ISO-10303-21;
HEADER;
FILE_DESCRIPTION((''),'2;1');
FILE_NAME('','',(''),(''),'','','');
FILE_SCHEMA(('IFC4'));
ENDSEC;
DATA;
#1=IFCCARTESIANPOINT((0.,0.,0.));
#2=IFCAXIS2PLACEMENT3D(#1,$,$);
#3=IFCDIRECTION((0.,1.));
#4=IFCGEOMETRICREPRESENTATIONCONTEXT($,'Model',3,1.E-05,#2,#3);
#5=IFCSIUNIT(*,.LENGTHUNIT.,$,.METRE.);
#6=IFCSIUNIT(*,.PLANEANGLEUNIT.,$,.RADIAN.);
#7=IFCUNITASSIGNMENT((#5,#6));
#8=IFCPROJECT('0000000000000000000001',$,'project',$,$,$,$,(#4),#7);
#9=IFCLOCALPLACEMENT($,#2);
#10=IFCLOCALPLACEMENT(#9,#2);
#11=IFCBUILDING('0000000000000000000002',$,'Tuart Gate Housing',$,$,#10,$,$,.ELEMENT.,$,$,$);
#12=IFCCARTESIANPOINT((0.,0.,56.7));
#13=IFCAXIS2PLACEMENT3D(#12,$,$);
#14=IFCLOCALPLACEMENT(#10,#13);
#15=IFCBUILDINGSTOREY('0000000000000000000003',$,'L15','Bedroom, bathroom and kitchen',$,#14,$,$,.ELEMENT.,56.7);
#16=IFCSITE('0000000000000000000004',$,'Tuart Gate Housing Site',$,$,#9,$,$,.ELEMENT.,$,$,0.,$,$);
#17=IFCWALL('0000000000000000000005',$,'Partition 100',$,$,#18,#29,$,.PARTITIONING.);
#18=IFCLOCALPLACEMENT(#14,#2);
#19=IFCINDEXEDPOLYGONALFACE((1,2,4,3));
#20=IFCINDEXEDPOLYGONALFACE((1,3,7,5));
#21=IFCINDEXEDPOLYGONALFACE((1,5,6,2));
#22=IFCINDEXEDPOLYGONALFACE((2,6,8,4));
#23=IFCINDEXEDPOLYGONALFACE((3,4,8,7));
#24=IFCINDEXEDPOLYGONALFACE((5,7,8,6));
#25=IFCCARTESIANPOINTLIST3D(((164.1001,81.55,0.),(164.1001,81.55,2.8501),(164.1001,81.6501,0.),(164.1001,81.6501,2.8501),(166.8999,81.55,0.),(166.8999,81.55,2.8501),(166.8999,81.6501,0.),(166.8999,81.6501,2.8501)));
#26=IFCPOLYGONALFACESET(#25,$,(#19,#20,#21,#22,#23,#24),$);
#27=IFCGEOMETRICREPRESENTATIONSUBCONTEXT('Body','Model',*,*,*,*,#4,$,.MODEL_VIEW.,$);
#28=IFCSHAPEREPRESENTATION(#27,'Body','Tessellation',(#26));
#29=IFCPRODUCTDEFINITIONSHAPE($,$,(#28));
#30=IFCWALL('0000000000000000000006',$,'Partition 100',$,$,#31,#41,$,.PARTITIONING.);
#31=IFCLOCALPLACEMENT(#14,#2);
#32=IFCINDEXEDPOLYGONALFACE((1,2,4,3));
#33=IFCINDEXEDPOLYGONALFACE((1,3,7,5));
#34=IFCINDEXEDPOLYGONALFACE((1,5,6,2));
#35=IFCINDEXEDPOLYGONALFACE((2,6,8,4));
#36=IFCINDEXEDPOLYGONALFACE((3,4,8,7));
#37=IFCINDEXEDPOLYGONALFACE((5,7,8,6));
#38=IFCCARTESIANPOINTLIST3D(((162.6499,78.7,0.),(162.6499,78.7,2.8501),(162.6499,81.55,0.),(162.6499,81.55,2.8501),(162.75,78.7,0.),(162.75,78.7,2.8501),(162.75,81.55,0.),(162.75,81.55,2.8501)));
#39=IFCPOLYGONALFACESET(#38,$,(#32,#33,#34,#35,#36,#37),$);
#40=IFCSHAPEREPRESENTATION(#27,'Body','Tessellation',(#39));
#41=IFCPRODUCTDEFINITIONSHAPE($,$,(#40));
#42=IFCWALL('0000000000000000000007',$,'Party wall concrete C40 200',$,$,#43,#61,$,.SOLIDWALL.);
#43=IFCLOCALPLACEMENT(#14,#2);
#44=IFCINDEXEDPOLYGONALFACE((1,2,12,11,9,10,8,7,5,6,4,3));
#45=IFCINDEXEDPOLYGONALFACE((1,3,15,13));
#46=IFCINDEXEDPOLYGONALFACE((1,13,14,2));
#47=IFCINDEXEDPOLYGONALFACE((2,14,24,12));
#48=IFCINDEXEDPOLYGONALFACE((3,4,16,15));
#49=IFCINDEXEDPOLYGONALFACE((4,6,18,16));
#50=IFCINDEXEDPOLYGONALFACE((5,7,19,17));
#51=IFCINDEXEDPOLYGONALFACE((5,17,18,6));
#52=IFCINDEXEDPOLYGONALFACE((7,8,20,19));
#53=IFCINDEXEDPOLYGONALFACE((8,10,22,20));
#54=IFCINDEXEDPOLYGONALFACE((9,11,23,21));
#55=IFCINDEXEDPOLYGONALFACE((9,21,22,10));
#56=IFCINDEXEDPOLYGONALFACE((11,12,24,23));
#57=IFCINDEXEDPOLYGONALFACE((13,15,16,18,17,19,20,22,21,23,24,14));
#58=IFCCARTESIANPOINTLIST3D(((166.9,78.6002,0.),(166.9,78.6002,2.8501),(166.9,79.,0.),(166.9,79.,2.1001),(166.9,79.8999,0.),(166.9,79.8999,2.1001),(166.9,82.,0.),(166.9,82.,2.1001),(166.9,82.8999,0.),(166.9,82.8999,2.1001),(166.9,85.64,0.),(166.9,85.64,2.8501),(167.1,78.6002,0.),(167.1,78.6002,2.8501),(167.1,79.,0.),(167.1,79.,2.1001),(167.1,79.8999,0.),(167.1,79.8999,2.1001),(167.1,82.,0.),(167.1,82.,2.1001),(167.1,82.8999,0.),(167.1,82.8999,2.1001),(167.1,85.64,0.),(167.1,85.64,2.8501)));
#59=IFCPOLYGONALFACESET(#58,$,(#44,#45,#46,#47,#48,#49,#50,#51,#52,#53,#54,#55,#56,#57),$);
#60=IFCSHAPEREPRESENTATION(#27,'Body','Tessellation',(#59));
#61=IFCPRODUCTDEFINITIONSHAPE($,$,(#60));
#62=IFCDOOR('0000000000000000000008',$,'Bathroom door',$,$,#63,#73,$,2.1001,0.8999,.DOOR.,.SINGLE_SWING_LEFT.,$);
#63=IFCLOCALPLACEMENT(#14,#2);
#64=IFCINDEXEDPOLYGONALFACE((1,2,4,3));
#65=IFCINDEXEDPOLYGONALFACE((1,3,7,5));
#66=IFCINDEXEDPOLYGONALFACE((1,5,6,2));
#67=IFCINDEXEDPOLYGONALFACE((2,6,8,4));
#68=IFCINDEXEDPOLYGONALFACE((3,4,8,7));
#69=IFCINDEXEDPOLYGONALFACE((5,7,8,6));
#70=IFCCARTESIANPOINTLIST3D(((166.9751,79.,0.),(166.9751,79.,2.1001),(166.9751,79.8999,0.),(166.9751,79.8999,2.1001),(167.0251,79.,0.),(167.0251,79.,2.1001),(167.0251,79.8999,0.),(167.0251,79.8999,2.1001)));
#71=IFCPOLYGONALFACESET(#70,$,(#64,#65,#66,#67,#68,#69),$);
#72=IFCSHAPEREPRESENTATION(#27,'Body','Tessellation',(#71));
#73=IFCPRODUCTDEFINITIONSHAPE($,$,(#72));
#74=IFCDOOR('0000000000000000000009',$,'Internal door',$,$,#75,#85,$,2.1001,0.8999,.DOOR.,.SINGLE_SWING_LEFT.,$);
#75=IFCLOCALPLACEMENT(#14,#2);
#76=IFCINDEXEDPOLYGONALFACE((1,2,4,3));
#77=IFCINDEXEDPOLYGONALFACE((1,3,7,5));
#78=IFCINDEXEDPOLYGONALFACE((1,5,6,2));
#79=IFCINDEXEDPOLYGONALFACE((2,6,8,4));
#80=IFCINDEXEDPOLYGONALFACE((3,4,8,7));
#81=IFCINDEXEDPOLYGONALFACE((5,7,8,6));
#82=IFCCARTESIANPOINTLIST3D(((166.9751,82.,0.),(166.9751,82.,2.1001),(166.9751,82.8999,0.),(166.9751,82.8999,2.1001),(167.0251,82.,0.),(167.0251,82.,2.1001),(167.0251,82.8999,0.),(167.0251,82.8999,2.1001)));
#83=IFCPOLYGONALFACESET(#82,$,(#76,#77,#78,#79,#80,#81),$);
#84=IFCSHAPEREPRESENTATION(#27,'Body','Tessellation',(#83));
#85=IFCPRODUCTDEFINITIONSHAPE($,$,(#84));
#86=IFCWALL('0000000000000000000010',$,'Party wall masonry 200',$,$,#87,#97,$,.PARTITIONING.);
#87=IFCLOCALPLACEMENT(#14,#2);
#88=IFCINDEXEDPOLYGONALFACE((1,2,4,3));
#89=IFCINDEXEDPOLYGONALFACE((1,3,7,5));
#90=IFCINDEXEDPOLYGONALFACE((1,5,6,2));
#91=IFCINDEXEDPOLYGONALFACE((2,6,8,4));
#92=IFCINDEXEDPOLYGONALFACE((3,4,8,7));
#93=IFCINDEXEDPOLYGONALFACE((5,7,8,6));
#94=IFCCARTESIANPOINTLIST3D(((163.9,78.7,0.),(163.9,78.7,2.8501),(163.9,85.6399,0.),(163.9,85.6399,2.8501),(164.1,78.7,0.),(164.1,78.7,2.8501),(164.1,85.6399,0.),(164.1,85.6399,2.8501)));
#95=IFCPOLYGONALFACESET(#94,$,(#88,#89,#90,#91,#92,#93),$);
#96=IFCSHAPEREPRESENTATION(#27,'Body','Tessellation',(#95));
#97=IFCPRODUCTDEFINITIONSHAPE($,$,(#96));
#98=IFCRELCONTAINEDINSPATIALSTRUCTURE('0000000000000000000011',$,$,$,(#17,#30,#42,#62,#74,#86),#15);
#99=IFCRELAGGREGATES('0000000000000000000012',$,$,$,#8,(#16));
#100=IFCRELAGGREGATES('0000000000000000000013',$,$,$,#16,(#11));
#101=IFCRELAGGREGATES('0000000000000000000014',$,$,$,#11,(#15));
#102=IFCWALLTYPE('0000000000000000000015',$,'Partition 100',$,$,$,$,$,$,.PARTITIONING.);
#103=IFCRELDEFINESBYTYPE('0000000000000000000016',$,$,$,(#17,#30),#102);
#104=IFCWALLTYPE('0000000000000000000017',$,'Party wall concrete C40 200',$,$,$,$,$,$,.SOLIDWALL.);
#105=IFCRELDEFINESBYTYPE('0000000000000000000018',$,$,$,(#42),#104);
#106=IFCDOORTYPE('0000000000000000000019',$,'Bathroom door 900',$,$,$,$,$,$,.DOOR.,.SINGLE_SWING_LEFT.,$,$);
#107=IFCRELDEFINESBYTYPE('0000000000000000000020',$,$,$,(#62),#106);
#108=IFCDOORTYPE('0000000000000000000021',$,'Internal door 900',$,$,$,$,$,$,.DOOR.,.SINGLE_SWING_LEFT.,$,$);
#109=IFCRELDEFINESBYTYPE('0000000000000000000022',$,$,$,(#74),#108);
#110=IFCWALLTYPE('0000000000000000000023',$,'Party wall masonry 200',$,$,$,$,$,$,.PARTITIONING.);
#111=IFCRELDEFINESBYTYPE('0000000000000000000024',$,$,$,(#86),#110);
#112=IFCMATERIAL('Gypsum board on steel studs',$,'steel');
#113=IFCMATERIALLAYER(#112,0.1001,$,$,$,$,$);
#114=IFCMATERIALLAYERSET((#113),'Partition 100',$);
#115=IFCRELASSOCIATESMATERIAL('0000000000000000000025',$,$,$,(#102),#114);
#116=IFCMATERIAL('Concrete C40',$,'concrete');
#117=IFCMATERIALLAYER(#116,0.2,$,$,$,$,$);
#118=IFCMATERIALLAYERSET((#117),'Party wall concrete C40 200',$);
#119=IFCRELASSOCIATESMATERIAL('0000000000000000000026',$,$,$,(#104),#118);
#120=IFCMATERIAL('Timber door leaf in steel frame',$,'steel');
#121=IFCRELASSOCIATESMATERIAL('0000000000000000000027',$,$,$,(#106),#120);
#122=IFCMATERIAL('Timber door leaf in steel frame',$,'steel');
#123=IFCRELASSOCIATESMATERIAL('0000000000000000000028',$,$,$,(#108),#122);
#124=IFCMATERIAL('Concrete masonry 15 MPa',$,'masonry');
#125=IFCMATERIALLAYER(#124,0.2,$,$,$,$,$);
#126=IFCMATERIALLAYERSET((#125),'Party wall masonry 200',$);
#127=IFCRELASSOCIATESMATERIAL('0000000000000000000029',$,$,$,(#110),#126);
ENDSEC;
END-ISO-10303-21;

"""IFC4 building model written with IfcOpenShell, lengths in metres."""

from ifc_helpers import new_model, si_unit, direction, frame, frame_2d, origin, place, context, subcontext, project, spatial, rectangle, extrude, material, layer, layer_set, type_object, element, fill, save


model = new_model("IFC4")

# Units and contexts
model_context = context("Model", 3, precision=1e-05, world=origin(), true_north=direction((0.0, 1.0)))
body_context = subcontext(model_context, "Body", "Model", "MODEL_VIEW")
ifc_project = project(units=[si_unit("LENGTHUNIT", "METRE"), si_unit("PLANEANGLEUNIT", "RADIAN")], contexts=[model_context])

# Site, building, storey
site_placement = place(None, origin())
site = spatial("IfcSite", under=ifc_project, at=site_placement, Name="Tuart Gate Housing Site", CompositionType="ELEMENT", RefElevation=0.0)
building_placement = place(site_placement, origin())
building = spatial("IfcBuilding", under=site, at=building_placement, Name="Tuart Gate Housing", CompositionType="ELEMENT")
storey_placement = place(building_placement, frame((0.0, 0.0, 56.7)))
storey = spatial("IfcBuildingStorey", under=building, at=storey_placement, Name="L15", Description="Bedroom, bathroom and kitchen", CompositionType="ELEMENT", Elevation=56.7)

# Walls
ifc_material_1 = material(Name="Gypsum board on steel studs", Category="steel")
ifc_layer_1 = layer(ifc_material_1, 0.1001)
ifc_layer_set_1 = layer_set([ifc_layer_1], Name="Partition 100")
wall_type_1 = type_object("IfcWallType", Name="Partition 100", PredefinedType="PARTITIONING", material=ifc_layer_set_1)
wall_1_placement = place(storey_placement, frame((164.1001, 81.6001, 0.0), z_axis=(0.0, 0.0, 1.0), x_axis=(1.0, 0.0, 0.0)))
element("IfcWall", 1, at=wall_1_placement, inside=storey, type_object=wall_type_1, Name="Partition 100", PredefinedType="PARTITIONING", context=body_context, shape_type="SweptSolid", body=[
    extrude(rectangle(XDim=2.7998, YDim=0.1001, at=frame_2d((1.3999, 0.0))), origin(), (0.0, 0.0, 1.0), 2.8501),
])
wall_2_placement = place(storey_placement, frame((162.7, 78.7, 0.0), z_axis=(0.0, 0.0, 1.0), x_axis=(0.0, 1.0, 0.0)))
element("IfcWall", 2, at=wall_2_placement, inside=storey, type_object=wall_type_1, Name="Partition 100", PredefinedType="PARTITIONING", context=body_context, shape_type="SweptSolid", body=[
    extrude(rectangle(XDim=2.8501, YDim=0.1001, at=frame_2d((1.425, 0.0))), origin(), (0.0, 0.0, 1.0), 2.8501),
])

# Wall, openings, doors
ifc_material_2 = material(Name="Concrete C40", Category="concrete")
ifc_layer_2 = layer(ifc_material_2, 0.2)
ifc_layer_set_2 = layer_set([ifc_layer_2], Name="Party wall concrete C40 200")
wall_type_2 = type_object("IfcWallType", Name="Party wall concrete C40 200", PredefinedType="SOLIDWALL", material=ifc_layer_set_2)
wall_3_placement = place(storey_placement, frame((167.0, 78.6001, 0.0), z_axis=(0.0, 0.0, 1.0), x_axis=(0.0, 1.0, 0.0)))
wall_3 = element("IfcWall", 3, at=wall_3_placement, inside=storey, type_object=wall_type_2, Name="Party wall concrete C40 200", PredefinedType="SOLIDWALL", context=body_context, shape_type="SweptSolid", body=[
    extrude(rectangle(XDim=7.0398, YDim=0.2, at=frame_2d((3.52, 0.0))), origin(), (0.0, 0.0, 1.0), 2.8501),
])
opening_1_placement = place(wall_3_placement, frame((3.3999, 0.0, 0.0)))
opening_1 = element("IfcOpeningElement", 4, at=opening_1_placement, cuts=wall_3, PredefinedType="OPENING", context=body_context, shape_type="SweptSolid", body=[
    extrude(rectangle(XDim=0.8999, YDim=2.1001, at=frame_2d((0.45, 1.05))), frame((0.0, 0.1099, 0.0), z_axis=(0.0, -1.0, 0.0), x_axis=(1.0, 0.0, 0.0)), (0.0, 0.0, 1.0), 0.22),
])
opening_2_placement = place(wall_3_placement, frame((0.3999, 0.0, 0.0)))
opening_2 = element("IfcOpeningElement", 5, at=opening_2_placement, cuts=wall_3, PredefinedType="OPENING", context=body_context, shape_type="SweptSolid", body=[
    extrude(rectangle(XDim=0.8999, YDim=2.1001, at=frame_2d((0.45, 1.05))), frame((0.0, 0.1099, 0.0), z_axis=(0.0, -1.0, 0.0), x_axis=(1.0, 0.0, 0.0)), (0.0, 0.0, 1.0), 0.22),
])
ifc_material_3 = material(Name="Timber door leaf in steel frame", Category="steel")
door_type_1 = type_object("IfcDoorType", Name="Bathroom door 900", OperationType="SINGLE_SWING_LEFT", PredefinedType="DOOR", material=ifc_material_3)
door_1_placement = place(opening_2_placement, origin())
door_1 = element("IfcDoor", 6, at=door_1_placement, inside=storey, type_object=door_type_1, Name="Bathroom door", OperationType="SINGLE_SWING_LEFT", OverallHeight=2.1001, OverallWidth=0.8999, PredefinedType="DOOR", context=body_context, shape_type="SweptSolid", body=[
    extrude(rectangle(XDim=0.8999, YDim=2.1001, at=frame_2d((0.45, 1.05))), frame((0.0, 0.0249, 0.0), z_axis=(0.0, -1.0, 0.0), x_axis=(1.0, 0.0, 0.0)), (0.0, 0.0, 1.0), 0.05),
])
fill(opening_2, door_1)
ifc_material_4 = material(Name="Timber door leaf in steel frame", Category="steel")
door_type_2 = type_object("IfcDoorType", Name="Internal door 900", OperationType="SINGLE_SWING_LEFT", PredefinedType="DOOR", material=ifc_material_4)
door_2_placement = place(opening_1_placement, origin())
door_2 = element("IfcDoor", 7, at=door_2_placement, inside=storey, type_object=door_type_2, Name="Internal door", OperationType="SINGLE_SWING_LEFT", OverallHeight=2.1001, OverallWidth=0.8999, PredefinedType="DOOR", context=body_context, shape_type="SweptSolid", body=[
    extrude(rectangle(XDim=0.8999, YDim=2.1001, at=frame_2d((0.45, 1.05))), frame((0.0, 0.0249, 0.0), z_axis=(0.0, -1.0, 0.0), x_axis=(1.0, 0.0, 0.0)), (0.0, 0.0, 1.0), 0.05),
])
fill(opening_1, door_2)

# Wall
ifc_material_5 = material(Name="Concrete masonry 15 MPa", Category="masonry")
ifc_layer_3 = layer(ifc_material_5, 0.2)
ifc_layer_set_3 = layer_set([ifc_layer_3], Name="Party wall masonry 200")
wall_type_3 = type_object("IfcWallType", Name="Party wall masonry 200", PredefinedType="PARTITIONING", material=ifc_layer_set_3)
wall_4_placement = place(storey_placement, frame((164.0, 78.7, 0.0), z_axis=(0.0, 0.0, 1.0), x_axis=(0.0, 1.0, 0.0)))
element("IfcWall", 8, at=wall_4_placement, inside=storey, type_object=wall_type_3, Name="Party wall masonry 200", PredefinedType="PARTITIONING", context=body_context, shape_type="SweptSolid", body=[
    extrude(rectangle(XDim=6.9399, YDim=0.2, at=frame_2d((3.47, 0.0))), origin(), (0.0, 0.0, 1.0), 2.8501),
])

save(model, "model.ifc")
